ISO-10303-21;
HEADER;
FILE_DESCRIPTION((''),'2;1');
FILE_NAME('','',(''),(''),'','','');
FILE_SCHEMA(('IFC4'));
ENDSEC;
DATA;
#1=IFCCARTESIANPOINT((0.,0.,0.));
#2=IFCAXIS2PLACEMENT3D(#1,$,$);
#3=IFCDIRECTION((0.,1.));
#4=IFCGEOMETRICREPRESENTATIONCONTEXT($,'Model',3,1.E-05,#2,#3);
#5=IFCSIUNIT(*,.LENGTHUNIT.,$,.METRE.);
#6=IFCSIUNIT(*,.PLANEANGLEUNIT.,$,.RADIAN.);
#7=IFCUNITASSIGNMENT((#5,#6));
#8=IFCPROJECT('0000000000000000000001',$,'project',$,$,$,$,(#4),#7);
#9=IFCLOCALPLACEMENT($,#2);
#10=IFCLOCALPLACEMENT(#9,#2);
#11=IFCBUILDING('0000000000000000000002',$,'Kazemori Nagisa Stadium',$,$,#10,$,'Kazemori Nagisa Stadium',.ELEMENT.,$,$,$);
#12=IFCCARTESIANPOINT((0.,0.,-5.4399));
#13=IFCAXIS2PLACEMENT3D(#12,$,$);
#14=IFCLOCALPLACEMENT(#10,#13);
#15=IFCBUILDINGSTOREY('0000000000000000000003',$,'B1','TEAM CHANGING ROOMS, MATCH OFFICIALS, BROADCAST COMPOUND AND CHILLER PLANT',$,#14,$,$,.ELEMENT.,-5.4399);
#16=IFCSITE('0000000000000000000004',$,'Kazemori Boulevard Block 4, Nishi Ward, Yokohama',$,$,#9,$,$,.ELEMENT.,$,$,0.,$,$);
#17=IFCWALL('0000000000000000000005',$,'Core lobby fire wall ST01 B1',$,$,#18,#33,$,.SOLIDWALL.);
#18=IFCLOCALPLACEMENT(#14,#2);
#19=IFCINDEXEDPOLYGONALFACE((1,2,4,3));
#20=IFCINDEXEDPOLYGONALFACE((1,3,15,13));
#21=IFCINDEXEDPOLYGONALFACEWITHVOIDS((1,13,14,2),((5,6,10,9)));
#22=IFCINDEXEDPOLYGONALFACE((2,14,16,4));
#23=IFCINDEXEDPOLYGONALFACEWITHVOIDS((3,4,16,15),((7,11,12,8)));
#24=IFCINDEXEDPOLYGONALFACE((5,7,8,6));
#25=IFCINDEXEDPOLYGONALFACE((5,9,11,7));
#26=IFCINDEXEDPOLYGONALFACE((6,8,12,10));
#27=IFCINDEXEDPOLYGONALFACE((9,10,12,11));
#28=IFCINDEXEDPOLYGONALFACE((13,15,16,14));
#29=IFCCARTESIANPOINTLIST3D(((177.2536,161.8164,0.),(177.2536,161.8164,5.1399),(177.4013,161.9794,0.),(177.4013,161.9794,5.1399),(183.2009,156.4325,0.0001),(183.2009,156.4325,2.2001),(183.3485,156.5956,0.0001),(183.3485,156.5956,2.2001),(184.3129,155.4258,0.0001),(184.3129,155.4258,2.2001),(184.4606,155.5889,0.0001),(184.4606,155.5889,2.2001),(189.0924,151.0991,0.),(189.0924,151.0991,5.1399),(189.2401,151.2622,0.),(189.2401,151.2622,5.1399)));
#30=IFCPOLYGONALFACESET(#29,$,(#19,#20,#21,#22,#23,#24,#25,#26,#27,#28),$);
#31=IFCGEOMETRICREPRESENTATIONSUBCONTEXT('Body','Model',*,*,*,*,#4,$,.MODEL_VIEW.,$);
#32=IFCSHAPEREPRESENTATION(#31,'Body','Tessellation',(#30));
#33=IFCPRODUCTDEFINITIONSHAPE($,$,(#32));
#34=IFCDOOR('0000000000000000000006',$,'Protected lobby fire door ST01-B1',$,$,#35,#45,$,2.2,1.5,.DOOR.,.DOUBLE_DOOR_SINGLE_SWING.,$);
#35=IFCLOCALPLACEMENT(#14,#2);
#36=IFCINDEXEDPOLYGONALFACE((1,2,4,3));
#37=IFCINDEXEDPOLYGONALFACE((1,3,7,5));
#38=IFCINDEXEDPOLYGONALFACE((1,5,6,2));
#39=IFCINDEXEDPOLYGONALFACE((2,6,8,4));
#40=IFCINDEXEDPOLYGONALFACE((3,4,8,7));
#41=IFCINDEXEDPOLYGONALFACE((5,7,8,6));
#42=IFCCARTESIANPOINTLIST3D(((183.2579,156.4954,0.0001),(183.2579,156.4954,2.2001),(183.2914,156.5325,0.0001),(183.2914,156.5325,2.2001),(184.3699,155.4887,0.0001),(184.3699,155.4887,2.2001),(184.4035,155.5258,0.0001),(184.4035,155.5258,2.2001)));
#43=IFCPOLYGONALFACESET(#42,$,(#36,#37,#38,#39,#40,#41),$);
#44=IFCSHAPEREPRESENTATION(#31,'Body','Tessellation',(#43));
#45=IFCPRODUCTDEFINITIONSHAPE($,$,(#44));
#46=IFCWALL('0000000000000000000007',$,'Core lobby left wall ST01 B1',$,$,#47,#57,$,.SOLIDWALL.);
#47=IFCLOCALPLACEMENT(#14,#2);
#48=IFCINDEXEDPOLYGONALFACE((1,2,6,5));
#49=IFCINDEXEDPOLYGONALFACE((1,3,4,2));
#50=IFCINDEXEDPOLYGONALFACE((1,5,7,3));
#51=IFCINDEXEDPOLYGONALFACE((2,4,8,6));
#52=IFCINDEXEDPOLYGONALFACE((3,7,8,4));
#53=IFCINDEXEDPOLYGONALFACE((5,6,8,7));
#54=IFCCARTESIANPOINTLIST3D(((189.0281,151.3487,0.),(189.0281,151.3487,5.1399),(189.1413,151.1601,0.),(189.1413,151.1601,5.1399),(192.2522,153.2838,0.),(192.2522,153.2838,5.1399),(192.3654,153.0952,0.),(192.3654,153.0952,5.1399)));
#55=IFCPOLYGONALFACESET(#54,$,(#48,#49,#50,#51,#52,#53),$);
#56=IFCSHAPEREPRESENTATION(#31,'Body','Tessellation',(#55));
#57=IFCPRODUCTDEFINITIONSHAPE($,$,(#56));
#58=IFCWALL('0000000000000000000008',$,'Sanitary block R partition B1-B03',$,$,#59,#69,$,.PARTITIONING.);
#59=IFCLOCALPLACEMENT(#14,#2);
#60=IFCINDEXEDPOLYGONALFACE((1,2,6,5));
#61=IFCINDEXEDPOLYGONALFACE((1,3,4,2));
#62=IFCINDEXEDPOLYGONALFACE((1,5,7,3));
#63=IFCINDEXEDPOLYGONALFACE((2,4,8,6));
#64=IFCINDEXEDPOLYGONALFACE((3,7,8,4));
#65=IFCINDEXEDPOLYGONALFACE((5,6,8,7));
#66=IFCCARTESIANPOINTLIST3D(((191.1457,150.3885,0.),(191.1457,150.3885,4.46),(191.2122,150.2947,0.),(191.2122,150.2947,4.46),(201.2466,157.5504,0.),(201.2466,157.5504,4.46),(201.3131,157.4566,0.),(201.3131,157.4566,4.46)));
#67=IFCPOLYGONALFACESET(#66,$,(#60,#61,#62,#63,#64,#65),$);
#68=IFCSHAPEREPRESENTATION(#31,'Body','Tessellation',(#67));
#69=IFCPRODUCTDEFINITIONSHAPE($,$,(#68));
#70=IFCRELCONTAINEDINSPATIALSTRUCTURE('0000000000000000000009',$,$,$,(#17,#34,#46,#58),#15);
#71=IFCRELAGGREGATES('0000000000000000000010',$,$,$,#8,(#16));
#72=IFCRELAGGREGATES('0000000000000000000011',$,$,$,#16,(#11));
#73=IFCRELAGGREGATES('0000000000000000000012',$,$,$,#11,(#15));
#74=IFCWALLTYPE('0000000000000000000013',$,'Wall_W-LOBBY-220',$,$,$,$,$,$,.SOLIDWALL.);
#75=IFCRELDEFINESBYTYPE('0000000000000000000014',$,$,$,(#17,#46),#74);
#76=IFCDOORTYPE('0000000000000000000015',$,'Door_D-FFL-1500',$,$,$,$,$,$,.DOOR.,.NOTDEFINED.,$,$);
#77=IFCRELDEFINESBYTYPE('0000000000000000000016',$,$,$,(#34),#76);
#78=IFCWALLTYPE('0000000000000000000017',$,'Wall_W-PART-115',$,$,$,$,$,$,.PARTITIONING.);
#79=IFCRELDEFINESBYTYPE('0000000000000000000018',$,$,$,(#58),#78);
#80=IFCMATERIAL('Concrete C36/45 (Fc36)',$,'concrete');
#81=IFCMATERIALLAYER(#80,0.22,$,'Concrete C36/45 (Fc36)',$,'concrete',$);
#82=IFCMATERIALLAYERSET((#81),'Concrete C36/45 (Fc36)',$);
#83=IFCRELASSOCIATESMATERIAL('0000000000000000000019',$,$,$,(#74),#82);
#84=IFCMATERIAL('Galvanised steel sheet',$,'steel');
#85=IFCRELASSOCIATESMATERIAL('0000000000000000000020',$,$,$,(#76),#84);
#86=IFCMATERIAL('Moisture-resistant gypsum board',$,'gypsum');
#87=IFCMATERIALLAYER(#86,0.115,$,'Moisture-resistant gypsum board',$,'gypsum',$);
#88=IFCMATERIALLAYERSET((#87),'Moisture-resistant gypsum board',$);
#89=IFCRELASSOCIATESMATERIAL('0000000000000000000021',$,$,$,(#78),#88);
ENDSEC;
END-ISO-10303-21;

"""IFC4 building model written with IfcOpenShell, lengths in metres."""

from ifc_helpers import new_model, si_unit, direction, frame, frame_2d, origin, place, context, subcontext, project, spatial, rectangle, extrude, material, layer, layer_set, type_object, element, fill, save


model = new_model("IFC4")

# Units and contexts
model_context = context("Model", 3, precision=1e-05, world=origin(), true_north=direction((0.0, 1.0)))
body_context = subcontext(model_context, "Body", "Model", "MODEL_VIEW")
ifc_project = project(units=[si_unit("LENGTHUNIT", "METRE"), si_unit("PLANEANGLEUNIT", "RADIAN")], contexts=[model_context])

# Site, building, storey
site_placement = place(None, origin())
site = spatial("IfcSite", under=ifc_project, at=site_placement, Name="Kazemori Boulevard Block 4, Nishi Ward, Yokohama", CompositionType="ELEMENT", RefElevation=0.0)
building_placement = place(site_placement, origin())
building = spatial("IfcBuilding", under=site, at=building_placement, Name="Kazemori Nagisa Stadium", LongName="Kazemori Nagisa Stadium", CompositionType="ELEMENT")
storey_placement = place(building_placement, frame((0.0, 0.0, -5.4399)))
storey = spatial("IfcBuildingStorey", under=building, at=storey_placement, Name="B1", Description="TEAM CHANGING ROOMS, MATCH OFFICIALS, BROADCAST COMPOUND AND CHILLER PLANT", CompositionType="ELEMENT", Elevation=-5.4399)

# Shared definitions
ifc_material_1 = material(Name="Concrete C36/45 (Fc36)", Category="concrete")

# Shared definitions
ifc_material_2 = material(Name="Galvanised steel sheet", Category="steel")

# Wall, opening, door
ifc_layer_1 = layer(ifc_material_1, 0.22, Name="Concrete C36/45 (Fc36)", Category="concrete")
ifc_layer_set_1 = layer_set([ifc_layer_1], Name="Concrete C36/45 (Fc36)")
wall_type_1 = type_object("IfcWallType", Name="Wall_W-LOBBY-220", PredefinedType="SOLIDWALL", material=ifc_layer_set_1)
wall_1_placement = place(storey_placement, frame((189.1663, 151.1807, 0.0), z_axis=(0.0, 0.0, 1.0), x_axis=(-0.741351, 0.671117, 0.0)))
wall_1 = element("IfcWall", 1, at=wall_1_placement, inside=storey, type_object=wall_type_1, Name="Core lobby fire wall ST01 B1", PredefinedType="SOLIDWALL", context=body_context, shape_type="SweptSolid", body=[
    extrude(rectangle(XDim=15.9692, YDim=0.22, at=frame_2d((7.9846, 0.0))), origin(), (0.0, 0.0, 1.0), 5.1399),
])
opening_1_placement = place(wall_1_placement, frame((6.447, 0.0, 0.0)))
opening_1 = element("IfcOpeningElement", 2, at=opening_1_placement, cuts=wall_1, PredefinedType="OPENING", context=body_context, shape_type="SweptSolid", body=[
    extrude(rectangle(XDim=1.5, YDim=2.2, at=frame_2d((0.75, 1.1001))), frame((0.0, 0.1199, 0.0), z_axis=(0.0, -1.0, 0.0), x_axis=(1.0, 0.0, 0.0)), (0.0, 0.0, 1.0), 0.24),
])
door_type_1 = type_object("IfcDoorType", Name="Door_D-FFL-1500", OperationType="NOTDEFINED", PredefinedType="DOOR", material=ifc_material_2)
door_1_placement = place(opening_1_placement, frame((1.5, 0.0, 0.0), z_axis=(0.0, 0.0, 1.0), x_axis=(-1.0, 0.0, 0.0)))
door_1 = element("IfcDoor", 3, at=door_1_placement, inside=storey, type_object=door_type_1, Name="Protected lobby fire door ST01-B1", OperationType="DOUBLE_DOOR_SINGLE_SWING", OverallHeight=2.2, OverallWidth=1.5, PredefinedType="DOOR", context=body_context, shape_type="SweptSolid", body=[
    extrude(rectangle(XDim=1.5, YDim=2.2, at=frame_2d((0.75, 1.1001))), frame((0.0, 0.0249, 0.0), z_axis=(0.0, -1.0, 0.0), x_axis=(1.0, 0.0, 0.0)), (0.0, 0.0, 1.0), 0.05),
])
fill(opening_1, door_1)

# Walls
wall_2_placement = place(storey_placement, frame((189.0847, 151.2544, 0.0), z_axis=(0.0, 0.0, 1.0), x_axis=(0.857424, 0.51461, 0.0)))
element("IfcWall", 4, at=wall_2_placement, inside=storey, type_object=wall_type_1, Name="Core lobby left wall ST01 B1", PredefinedType="SOLIDWALL", context=body_context, shape_type="SweptSolid", body=[
    extrude(rectangle(XDim=3.7603, YDim=0.22, at=frame_2d((1.8801, 0.0))), origin(), (0.0, 0.0, 1.0), 5.1399),
])
ifc_material_3 = material(Name="Moisture-resistant gypsum board", Category="gypsum")
ifc_layer_2 = layer(ifc_material_3, 0.115, Name="Moisture-resistant gypsum board", Category="gypsum")
ifc_layer_set_2 = layer_set([ifc_layer_2], Name="Moisture-resistant gypsum board")
wall_type_2 = type_object("IfcWallType", Name="Wall_W-PART-115", PredefinedType="PARTITIONING", material=ifc_layer_set_2)
wall_3_placement = place(storey_placement, frame((191.179, 150.3416, 0.0), z_axis=(0.0, 0.0, 1.0), x_axis=(0.815754, 0.5784, 0.0)))
element("IfcWall", 5, at=wall_3_placement, inside=storey, type_object=wall_type_2, Name="Sanitary block R partition B1-B03", PredefinedType="PARTITIONING", context=body_context, shape_type="SweptSolid", body=[
    extrude(rectangle(XDim=12.3823, YDim=0.115, at=frame_2d((6.1912, 0.0))), origin(), (0.0, 0.0, 1.0), 4.46),
])

save(model, "model.ifc")
